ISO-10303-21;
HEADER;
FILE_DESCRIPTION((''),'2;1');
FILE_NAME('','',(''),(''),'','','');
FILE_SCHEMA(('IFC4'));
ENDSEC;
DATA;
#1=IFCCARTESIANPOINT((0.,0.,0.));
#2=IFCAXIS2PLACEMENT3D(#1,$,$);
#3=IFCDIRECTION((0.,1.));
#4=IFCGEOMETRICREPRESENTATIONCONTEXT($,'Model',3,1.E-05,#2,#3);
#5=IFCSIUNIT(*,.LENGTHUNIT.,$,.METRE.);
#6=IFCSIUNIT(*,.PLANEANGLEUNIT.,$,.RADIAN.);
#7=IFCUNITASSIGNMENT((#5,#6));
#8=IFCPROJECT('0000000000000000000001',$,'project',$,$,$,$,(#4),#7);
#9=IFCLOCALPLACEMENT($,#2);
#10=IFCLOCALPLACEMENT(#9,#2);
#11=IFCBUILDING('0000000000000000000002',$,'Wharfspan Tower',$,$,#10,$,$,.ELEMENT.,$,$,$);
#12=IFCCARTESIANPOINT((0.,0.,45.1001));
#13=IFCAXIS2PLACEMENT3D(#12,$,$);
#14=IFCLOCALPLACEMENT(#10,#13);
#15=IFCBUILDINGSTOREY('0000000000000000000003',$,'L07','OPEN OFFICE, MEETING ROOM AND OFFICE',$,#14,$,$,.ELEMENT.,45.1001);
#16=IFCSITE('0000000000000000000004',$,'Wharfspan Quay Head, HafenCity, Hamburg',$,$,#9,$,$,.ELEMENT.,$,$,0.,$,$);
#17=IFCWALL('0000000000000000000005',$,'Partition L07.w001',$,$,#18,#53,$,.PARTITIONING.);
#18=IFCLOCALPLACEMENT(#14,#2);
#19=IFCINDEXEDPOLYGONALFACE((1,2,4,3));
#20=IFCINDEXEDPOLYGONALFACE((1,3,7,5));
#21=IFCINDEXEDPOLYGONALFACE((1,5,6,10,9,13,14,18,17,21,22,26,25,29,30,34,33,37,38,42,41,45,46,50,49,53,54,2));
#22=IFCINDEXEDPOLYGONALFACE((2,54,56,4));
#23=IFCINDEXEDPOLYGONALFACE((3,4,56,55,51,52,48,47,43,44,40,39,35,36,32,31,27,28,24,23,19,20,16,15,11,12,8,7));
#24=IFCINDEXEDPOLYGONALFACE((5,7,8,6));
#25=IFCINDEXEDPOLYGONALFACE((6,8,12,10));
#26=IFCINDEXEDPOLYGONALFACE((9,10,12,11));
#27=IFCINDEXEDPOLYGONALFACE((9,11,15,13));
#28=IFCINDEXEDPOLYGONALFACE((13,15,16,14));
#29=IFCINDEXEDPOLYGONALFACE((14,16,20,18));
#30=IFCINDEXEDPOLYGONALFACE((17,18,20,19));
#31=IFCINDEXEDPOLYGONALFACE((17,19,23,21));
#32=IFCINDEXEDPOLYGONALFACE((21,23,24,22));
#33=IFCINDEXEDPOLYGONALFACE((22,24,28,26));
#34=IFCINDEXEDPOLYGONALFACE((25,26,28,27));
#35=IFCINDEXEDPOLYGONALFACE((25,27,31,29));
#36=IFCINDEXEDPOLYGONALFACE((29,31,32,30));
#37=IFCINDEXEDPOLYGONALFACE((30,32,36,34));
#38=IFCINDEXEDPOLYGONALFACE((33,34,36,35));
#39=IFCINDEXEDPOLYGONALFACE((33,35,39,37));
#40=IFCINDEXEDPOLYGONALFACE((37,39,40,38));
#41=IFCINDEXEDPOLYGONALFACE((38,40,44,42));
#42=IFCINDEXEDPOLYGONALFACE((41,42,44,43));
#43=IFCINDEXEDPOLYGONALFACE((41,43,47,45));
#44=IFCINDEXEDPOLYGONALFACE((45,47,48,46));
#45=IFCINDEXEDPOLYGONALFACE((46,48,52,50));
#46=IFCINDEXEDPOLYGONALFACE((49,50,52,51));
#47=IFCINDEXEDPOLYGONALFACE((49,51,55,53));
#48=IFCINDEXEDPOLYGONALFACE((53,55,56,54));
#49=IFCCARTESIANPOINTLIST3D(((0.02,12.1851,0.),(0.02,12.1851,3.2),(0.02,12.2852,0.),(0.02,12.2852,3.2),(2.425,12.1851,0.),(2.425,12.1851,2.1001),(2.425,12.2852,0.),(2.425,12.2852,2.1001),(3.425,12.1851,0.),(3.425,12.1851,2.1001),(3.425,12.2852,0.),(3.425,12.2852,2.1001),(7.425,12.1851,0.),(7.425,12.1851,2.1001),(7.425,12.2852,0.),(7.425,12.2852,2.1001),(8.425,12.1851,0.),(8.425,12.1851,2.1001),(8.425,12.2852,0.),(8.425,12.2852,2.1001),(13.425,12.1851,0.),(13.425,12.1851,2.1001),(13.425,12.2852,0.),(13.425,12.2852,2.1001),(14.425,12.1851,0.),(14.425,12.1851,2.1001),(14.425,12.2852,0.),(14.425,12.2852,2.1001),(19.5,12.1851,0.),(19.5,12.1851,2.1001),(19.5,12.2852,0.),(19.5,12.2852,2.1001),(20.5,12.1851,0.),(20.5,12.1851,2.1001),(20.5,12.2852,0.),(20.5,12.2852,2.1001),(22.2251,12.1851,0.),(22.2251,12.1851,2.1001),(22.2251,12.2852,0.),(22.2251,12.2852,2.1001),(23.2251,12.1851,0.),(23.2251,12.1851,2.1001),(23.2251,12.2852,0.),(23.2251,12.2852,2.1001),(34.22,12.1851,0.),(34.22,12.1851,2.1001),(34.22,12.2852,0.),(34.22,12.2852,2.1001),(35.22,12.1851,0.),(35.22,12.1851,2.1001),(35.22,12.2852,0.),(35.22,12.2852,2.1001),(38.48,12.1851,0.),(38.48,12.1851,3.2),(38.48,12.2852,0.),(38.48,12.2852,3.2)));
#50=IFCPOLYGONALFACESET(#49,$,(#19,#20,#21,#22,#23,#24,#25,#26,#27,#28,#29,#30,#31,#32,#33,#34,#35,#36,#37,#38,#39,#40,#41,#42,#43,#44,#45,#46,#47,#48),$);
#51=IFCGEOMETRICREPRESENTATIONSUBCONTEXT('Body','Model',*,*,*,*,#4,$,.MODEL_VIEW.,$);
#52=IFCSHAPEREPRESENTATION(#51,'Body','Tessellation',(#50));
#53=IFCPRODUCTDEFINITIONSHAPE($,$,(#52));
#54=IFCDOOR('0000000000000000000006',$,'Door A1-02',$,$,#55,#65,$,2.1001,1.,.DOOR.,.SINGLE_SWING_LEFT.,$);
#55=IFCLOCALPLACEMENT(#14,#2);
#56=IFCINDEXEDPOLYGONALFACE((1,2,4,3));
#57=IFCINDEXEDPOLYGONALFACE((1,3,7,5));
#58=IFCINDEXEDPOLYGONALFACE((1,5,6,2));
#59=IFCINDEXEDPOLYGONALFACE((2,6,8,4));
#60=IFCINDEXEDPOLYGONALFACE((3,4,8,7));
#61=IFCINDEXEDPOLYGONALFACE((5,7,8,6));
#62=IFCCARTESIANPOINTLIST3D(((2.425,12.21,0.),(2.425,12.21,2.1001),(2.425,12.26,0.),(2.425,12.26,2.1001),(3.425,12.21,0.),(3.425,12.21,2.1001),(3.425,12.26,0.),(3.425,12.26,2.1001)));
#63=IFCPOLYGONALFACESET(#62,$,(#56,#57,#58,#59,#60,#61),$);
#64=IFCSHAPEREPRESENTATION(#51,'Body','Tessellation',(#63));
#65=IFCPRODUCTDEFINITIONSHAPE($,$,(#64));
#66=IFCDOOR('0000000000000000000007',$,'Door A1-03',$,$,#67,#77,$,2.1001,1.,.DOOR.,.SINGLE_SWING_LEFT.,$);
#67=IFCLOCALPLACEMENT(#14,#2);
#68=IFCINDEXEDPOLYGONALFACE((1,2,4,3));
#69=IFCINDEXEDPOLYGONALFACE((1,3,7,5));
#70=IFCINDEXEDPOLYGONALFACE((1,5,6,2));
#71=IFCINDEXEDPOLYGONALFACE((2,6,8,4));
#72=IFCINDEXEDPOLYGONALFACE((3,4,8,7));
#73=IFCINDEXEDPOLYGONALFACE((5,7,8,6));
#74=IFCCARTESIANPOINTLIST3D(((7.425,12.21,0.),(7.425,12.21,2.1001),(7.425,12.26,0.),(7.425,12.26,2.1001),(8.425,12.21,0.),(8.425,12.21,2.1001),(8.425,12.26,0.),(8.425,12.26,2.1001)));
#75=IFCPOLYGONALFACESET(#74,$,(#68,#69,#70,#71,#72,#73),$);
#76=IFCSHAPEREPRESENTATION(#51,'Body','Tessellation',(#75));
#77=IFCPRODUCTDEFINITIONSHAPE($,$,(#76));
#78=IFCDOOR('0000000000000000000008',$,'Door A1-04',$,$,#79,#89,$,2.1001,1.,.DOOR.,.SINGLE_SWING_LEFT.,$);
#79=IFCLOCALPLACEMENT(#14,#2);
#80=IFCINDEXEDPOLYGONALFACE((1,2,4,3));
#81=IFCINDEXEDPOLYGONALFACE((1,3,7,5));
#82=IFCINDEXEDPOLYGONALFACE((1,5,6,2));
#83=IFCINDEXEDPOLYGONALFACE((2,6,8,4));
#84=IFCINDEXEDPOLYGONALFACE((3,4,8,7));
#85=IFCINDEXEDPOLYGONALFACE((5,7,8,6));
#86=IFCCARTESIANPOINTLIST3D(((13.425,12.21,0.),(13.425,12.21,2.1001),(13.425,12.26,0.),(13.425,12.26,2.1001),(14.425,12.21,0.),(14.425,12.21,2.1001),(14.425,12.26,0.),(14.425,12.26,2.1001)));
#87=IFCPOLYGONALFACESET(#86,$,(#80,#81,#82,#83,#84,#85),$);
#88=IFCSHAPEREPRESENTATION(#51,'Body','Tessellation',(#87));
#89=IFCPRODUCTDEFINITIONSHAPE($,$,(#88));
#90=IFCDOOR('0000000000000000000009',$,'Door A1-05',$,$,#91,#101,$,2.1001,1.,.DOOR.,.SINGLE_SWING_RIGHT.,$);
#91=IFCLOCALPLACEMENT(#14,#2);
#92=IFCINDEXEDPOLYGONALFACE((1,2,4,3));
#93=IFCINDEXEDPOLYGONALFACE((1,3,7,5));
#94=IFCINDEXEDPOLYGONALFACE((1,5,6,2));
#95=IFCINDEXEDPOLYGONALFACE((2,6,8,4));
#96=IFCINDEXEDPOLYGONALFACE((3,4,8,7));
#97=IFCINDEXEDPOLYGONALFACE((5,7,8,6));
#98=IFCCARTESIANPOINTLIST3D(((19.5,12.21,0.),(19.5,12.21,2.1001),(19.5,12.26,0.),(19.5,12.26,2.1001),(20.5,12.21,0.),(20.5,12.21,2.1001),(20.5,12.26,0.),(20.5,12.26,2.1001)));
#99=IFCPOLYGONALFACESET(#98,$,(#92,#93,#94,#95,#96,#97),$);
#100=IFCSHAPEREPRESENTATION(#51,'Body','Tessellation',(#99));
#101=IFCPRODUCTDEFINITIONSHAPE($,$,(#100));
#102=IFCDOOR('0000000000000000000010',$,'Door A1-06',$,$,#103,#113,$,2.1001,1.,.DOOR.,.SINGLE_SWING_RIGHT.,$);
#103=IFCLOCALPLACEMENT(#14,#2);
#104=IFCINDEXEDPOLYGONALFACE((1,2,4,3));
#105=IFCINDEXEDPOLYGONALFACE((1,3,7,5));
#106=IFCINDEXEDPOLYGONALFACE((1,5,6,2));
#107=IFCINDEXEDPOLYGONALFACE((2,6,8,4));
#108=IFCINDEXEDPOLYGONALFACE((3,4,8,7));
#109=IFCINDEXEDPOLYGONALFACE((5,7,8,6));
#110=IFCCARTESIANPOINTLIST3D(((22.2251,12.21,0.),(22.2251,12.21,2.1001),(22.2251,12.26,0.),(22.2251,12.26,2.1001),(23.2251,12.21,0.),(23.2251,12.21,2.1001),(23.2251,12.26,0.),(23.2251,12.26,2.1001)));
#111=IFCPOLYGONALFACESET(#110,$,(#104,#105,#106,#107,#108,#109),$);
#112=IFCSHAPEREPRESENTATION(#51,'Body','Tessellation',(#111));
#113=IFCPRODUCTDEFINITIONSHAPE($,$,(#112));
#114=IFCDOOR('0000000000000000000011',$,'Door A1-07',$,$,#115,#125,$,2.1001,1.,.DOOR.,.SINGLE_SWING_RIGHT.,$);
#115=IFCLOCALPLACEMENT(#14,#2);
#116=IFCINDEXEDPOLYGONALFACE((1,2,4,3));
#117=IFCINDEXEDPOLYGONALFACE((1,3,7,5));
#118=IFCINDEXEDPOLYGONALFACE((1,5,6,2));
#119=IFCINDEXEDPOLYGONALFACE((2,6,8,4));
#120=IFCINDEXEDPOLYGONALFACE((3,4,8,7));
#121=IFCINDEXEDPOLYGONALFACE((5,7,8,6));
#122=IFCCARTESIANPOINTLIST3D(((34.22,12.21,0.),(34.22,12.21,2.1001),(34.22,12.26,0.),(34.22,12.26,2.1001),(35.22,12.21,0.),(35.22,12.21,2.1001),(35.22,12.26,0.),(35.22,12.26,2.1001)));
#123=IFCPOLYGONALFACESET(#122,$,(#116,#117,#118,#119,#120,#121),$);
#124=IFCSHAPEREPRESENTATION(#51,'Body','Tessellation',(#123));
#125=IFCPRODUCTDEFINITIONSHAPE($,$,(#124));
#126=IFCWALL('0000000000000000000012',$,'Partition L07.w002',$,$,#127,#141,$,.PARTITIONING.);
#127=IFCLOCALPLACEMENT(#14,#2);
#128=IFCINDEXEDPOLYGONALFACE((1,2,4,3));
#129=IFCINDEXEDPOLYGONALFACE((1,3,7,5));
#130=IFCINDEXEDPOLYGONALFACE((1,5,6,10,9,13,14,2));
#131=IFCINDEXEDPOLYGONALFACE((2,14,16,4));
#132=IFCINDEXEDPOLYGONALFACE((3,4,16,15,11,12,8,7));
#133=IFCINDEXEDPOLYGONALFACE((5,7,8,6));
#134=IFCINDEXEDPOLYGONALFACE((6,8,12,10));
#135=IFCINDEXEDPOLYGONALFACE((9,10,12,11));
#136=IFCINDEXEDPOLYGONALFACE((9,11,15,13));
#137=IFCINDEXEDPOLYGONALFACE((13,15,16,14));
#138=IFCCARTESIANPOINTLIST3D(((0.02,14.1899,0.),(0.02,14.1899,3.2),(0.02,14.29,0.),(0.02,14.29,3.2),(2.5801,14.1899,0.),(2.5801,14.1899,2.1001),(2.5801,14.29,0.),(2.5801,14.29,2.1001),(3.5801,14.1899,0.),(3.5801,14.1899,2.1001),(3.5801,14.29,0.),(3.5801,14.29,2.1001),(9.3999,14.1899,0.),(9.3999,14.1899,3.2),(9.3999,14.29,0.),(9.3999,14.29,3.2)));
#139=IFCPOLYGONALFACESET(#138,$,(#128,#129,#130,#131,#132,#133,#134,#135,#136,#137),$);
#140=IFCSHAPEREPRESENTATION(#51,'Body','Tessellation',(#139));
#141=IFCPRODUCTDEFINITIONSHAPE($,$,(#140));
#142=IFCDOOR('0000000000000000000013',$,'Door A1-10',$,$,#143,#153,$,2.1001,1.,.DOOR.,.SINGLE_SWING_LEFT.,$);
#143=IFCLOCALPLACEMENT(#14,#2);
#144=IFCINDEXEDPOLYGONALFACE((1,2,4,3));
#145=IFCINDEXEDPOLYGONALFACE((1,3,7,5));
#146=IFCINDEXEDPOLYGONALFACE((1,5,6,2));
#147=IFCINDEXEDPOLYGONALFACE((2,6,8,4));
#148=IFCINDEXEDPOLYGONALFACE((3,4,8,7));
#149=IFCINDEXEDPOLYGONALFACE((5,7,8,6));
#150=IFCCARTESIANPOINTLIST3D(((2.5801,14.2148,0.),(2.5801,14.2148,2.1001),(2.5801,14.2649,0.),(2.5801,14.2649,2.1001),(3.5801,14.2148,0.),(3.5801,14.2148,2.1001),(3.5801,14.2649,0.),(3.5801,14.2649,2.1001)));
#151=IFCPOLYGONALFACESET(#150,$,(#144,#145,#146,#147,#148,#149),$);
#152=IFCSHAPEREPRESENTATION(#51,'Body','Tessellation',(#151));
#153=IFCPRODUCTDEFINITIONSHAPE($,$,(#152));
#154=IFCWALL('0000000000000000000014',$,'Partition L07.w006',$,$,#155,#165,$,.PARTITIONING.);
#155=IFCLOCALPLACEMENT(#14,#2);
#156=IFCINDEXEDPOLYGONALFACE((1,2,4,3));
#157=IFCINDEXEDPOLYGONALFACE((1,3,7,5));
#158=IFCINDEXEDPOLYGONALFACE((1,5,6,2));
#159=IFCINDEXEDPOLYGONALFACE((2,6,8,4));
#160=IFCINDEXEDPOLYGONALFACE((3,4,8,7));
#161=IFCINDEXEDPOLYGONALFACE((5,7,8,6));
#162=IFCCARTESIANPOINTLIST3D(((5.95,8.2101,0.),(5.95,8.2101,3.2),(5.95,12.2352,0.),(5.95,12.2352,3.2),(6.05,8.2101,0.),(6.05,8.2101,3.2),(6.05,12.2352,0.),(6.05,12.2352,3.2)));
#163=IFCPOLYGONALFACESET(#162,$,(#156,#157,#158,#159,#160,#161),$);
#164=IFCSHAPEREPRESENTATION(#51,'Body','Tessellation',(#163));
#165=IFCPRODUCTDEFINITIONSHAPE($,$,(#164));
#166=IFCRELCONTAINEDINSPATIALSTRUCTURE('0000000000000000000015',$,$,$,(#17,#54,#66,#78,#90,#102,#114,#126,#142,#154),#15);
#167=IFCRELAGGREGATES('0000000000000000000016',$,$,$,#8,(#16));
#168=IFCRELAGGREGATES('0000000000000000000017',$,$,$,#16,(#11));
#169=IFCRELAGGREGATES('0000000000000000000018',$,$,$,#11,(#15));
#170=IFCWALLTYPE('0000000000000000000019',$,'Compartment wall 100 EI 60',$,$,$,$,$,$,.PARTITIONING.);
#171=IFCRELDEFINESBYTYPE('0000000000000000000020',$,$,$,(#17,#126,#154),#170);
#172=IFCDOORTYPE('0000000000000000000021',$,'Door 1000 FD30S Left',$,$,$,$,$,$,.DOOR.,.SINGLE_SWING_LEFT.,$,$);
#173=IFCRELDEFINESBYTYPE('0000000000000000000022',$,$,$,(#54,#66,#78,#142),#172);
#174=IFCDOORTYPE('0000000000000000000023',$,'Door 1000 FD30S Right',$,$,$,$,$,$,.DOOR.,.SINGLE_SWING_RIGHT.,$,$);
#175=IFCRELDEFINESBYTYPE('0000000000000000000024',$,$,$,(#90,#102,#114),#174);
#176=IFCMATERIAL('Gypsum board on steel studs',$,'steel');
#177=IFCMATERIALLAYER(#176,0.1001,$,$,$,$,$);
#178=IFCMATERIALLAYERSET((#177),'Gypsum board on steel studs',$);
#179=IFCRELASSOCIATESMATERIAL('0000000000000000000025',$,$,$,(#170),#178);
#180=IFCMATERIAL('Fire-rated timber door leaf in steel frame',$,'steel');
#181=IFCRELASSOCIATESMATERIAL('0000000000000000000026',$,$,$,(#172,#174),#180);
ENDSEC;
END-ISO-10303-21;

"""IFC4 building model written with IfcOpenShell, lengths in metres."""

from ifc_helpers import new_model, si_unit, direction, frame, frame_2d, origin, place, context, subcontext, project, spatial, rectangle, extrude, material, layer, layer_set, type_object, element, fill, save


model = new_model("IFC4")

# Units and contexts
model_context = context("Model", 3, precision=1e-05, world=origin(), true_north=direction((0.0, 1.0)))
body_context = subcontext(model_context, "Body", "Model", "MODEL_VIEW")
ifc_project = project(units=[si_unit("LENGTHUNIT", "METRE"), si_unit("PLANEANGLEUNIT", "RADIAN")], contexts=[model_context])

# Site, building, storey
site_placement = place(None, origin())
site = spatial("IfcSite", under=ifc_project, at=site_placement, Name="Wharfspan Quay Head, HafenCity, Hamburg", CompositionType="ELEMENT", RefElevation=0.0)
building_placement = place(site_placement, origin())
building = spatial("IfcBuilding", under=site, at=building_placement, Name="Wharfspan Tower", CompositionType="ELEMENT")
storey_placement = place(building_placement, frame((0.0, 0.0, 45.1001)))
storey = spatial("IfcBuildingStorey", under=building, at=storey_placement, Name="L07", Description="OPEN OFFICE, MEETING ROOM AND OFFICE", CompositionType="ELEMENT", Elevation=45.1001)

# Wall, openings, doors
ifc_material_1 = material(Name="Gypsum board on steel studs", Category="steel")
ifc_layer_1 = layer(ifc_material_1, 0.1001)
ifc_layer_set_1 = layer_set([ifc_layer_1], Name="Gypsum board on steel studs")
wall_type_1 = type_object("IfcWallType", Name="Compartment wall 100 EI 60", PredefinedType="PARTITIONING", material=ifc_layer_set_1)
wall_1_placement = place(storey_placement, frame((0.02, 12.2351, 0.0), z_axis=(0.0, 0.0, 1.0), x_axis=(1.0, 0.0, 0.0)))
wall_1 = element("IfcWall", 1, at=wall_1_placement, inside=storey, type_object=wall_type_1, Name="Partition L07.w001", PredefinedType="PARTITIONING", context=body_context, shape_type="SweptSolid", body=[
    extrude(rectangle(XDim=38.46, YDim=0.1001, at=frame_2d((19.23, 0.0))), origin(), (0.0, 0.0, 1.0), 3.2),
])
opening_1_placement = place(wall_1_placement, frame((2.405, 0.0, 0.0)))
opening_1 = element("IfcOpeningElement", 2, at=opening_1_placement, cuts=wall_1, PredefinedType="OPENING", context=body_context, shape_type="SweptSolid", body=[
    extrude(rectangle(XDim=1.0, YDim=2.1001, at=frame_2d((0.5, 1.05))), frame((0.0, 0.0601, 0.0), z_axis=(0.0, -1.0, 0.0), x_axis=(1.0, 0.0, 0.0)), (0.0, 0.0, 1.0), 0.1201),
])
opening_2_placement = place(wall_1_placement, frame((7.405, 0.0, 0.0)))
opening_2 = element("IfcOpeningElement", 3, at=opening_2_placement, cuts=wall_1, PredefinedType="OPENING", context=body_context, shape_type="SweptSolid", body=[
    extrude(rectangle(XDim=1.0, YDim=2.1001, at=frame_2d((0.5, 1.05))), frame((0.0, 0.0601, 0.0), z_axis=(0.0, -1.0, 0.0), x_axis=(1.0, 0.0, 0.0)), (0.0, 0.0, 1.0), 0.1201),
])
opening_3_placement = place(wall_1_placement, frame((13.405, 0.0, 0.0)))
opening_3 = element("IfcOpeningElement", 4, at=opening_3_placement, cuts=wall_1, PredefinedType="OPENING", context=body_context, shape_type="SweptSolid", body=[
    extrude(rectangle(XDim=1.0, YDim=2.1001, at=frame_2d((0.5, 1.05))), frame((0.0, 0.0601, 0.0), z_axis=(0.0, -1.0, 0.0), x_axis=(1.0, 0.0, 0.0)), (0.0, 0.0, 1.0), 0.1201),
])
opening_4_placement = place(wall_1_placement, frame((19.48, 0.0, 0.0)))
opening_4 = element("IfcOpeningElement", 5, at=opening_4_placement, cuts=wall_1, PredefinedType="OPENING", context=body_context, shape_type="SweptSolid", body=[
    extrude(rectangle(XDim=1.0, YDim=2.1001, at=frame_2d((0.5, 1.05))), frame((0.0, 0.0601, 0.0), z_axis=(0.0, -1.0, 0.0), x_axis=(1.0, 0.0, 0.0)), (0.0, 0.0, 1.0), 0.1201),
])
opening_5_placement = place(wall_1_placement, frame((22.2051, 0.0, 0.0)))
opening_5 = element("IfcOpeningElement", 6, at=opening_5_placement, cuts=wall_1, PredefinedType="OPENING", context=body_context, shape_type="SweptSolid", body=[
    extrude(rectangle(XDim=1.0, YDim=2.1001, at=frame_2d((0.5, 1.05))), frame((0.0, 0.0601, 0.0), z_axis=(0.0, -1.0, 0.0), x_axis=(1.0, 0.0, 0.0)), (0.0, 0.0, 1.0), 0.1201),
])
opening_6_placement = place(wall_1_placement, frame((34.2, 0.0, 0.0)))
opening_6 = element("IfcOpeningElement", 7, at=opening_6_placement, cuts=wall_1, PredefinedType="OPENING", context=body_context, shape_type="SweptSolid", body=[
    extrude(rectangle(XDim=1.0, YDim=2.1001, at=frame_2d((0.5, 1.05))), frame((0.0, 0.0601, 0.0), z_axis=(0.0, -1.0, 0.0), x_axis=(1.0, 0.0, 0.0)), (0.0, 0.0, 1.0), 0.1201),
])
ifc_material_2 = material(Name="Fire-rated timber door leaf in steel frame", Category="steel")
door_type_1 = type_object("IfcDoorType", Name="Door 1000 FD30S Left", OperationType="SINGLE_SWING_LEFT", PredefinedType="DOOR", material=ifc_material_2)
door_1_placement = place(opening_1_placement, origin())
door_1 = element("IfcDoor", 8, at=door_1_placement, inside=storey, type_object=door_type_1, Name="Door A1-02", OperationType="SINGLE_SWING_LEFT", OverallHeight=2.1001, OverallWidth=1.0, PredefinedType="DOOR", context=body_context, shape_type="SweptSolid", body=[
    extrude(rectangle(XDim=1.0, YDim=2.1001, at=frame_2d((0.5, 1.05))), frame((0.0, 0.0249, 0.0), z_axis=(0.0, -1.0, 0.0), x_axis=(1.0, 0.0, 0.0)), (0.0, 0.0, 1.0), 0.05),
])
fill(opening_1, door_1)
door_2_placement = place(opening_2_placement, origin())
door_2 = element("IfcDoor", 9, at=door_2_placement, inside=storey, type_object=door_type_1, Name="Door A1-03", OperationType="SINGLE_SWING_LEFT", OverallHeight=2.1001, OverallWidth=1.0, PredefinedType="DOOR", context=body_context, shape_type="SweptSolid", body=[
    extrude(rectangle(XDim=1.0, YDim=2.1001, at=frame_2d((0.5, 1.05))), frame((0.0, 0.0249, 0.0), z_axis=(0.0, -1.0, 0.0), x_axis=(1.0, 0.0, 0.0)), (0.0, 0.0, 1.0), 0.05),
])
fill(opening_2, door_2)
door_3_placement = place(opening_3_placement, origin())
door_3 = element("IfcDoor", 10, at=door_3_placement, inside=storey, type_object=door_type_1, Name="Door A1-04", OperationType="SINGLE_SWING_LEFT", OverallHeight=2.1001, OverallWidth=1.0, PredefinedType="DOOR", context=body_context, shape_type="SweptSolid", body=[
    extrude(rectangle(XDim=1.0, YDim=2.1001, at=frame_2d((0.5, 1.05))), frame((0.0, 0.0249, 0.0), z_axis=(0.0, -1.0, 0.0), x_axis=(1.0, 0.0, 0.0)), (0.0, 0.0, 1.0), 0.05),
])
fill(opening_3, door_3)
door_type_2 = type_object("IfcDoorType", Name="Door 1000 FD30S Right", OperationType="SINGLE_SWING_RIGHT", PredefinedType="DOOR", material=ifc_material_2)
door_4_placement = place(opening_4_placement, origin())
door_4 = element("IfcDoor", 11, at=door_4_placement, inside=storey, type_object=door_type_2, Name="Door A1-05", OperationType="SINGLE_SWING_RIGHT", OverallHeight=2.1001, OverallWidth=1.0, PredefinedType="DOOR", context=body_context, shape_type="SweptSolid", body=[
    extrude(rectangle(XDim=1.0, YDim=2.1001, at=frame_2d((0.5, 1.05))), frame((0.0, 0.0249, 0.0), z_axis=(0.0, -1.0, 0.0), x_axis=(1.0, 0.0, 0.0)), (0.0, 0.0, 1.0), 0.05),
])
fill(opening_4, door_4)
door_5_placement = place(opening_5_placement, origin())
door_5 = element("IfcDoor", 12, at=door_5_placement, inside=storey, type_object=door_type_2, Name="Door A1-06", OperationType="SINGLE_SWING_RIGHT", OverallHeight=2.1001, OverallWidth=1.0, PredefinedType="DOOR", context=body_context, shape_type="SweptSolid", body=[
    extrude(rectangle(XDim=1.0, YDim=2.1001, at=frame_2d((0.5, 1.05))), frame((0.0, 0.0249, 0.0), z_axis=(0.0, -1.0, 0.0), x_axis=(1.0, 0.0, 0.0)), (0.0, 0.0, 1.0), 0.05),
])
fill(opening_5, door_5)
door_6_placement = place(opening_6_placement, origin())
door_6 = element("IfcDoor", 13, at=door_6_placement, inside=storey, type_object=door_type_2, Name="Door A1-07", OperationType="SINGLE_SWING_RIGHT", OverallHeight=2.1001, OverallWidth=1.0, PredefinedType="DOOR", context=body_context, shape_type="SweptSolid", body=[
    extrude(rectangle(XDim=1.0, YDim=2.1001, at=frame_2d((0.5, 1.05))), frame((0.0, 0.0249, 0.0), z_axis=(0.0, -1.0, 0.0), x_axis=(1.0, 0.0, 0.0)), (0.0, 0.0, 1.0), 0.05),
])
fill(opening_6, door_6)

# Wall, opening, door
wall_2_placement = place(storey_placement, frame((0.02, 14.24, 0.0), z_axis=(0.0, 0.0, 1.0), x_axis=(1.0, 0.0, 0.0)))
wall_2 = element("IfcWall", 14, at=wall_2_placement, inside=storey, type_object=wall_type_1, Name="Partition L07.w002", PredefinedType="PARTITIONING", context=body_context, shape_type="SweptSolid", body=[
    extrude(rectangle(XDim=9.3799, YDim=0.1001, at=frame_2d((4.6899, 0.0))), origin(), (0.0, 0.0, 1.0), 3.2),
])
opening_7_placement = place(wall_2_placement, frame((2.5601, 0.0, 0.0)))
opening_7 = element("IfcOpeningElement", 15, at=opening_7_placement, cuts=wall_2, PredefinedType="OPENING", context=body_context, shape_type="SweptSolid", body=[
    extrude(rectangle(XDim=1.0, YDim=2.1001, at=frame_2d((0.5, 1.05))), frame((0.0, 0.0601, 0.0), z_axis=(0.0, -1.0, 0.0), x_axis=(1.0, 0.0, 0.0)), (0.0, 0.0, 1.0), 0.1201),
])
door_7_placement = place(opening_7_placement, origin())
door_7 = element("IfcDoor", 16, at=door_7_placement, inside=storey, type_object=door_type_1, Name="Door A1-10", OperationType="SINGLE_SWING_LEFT", OverallHeight=2.1001, OverallWidth=1.0, PredefinedType="DOOR", context=body_context, shape_type="SweptSolid", body=[
    extrude(rectangle(XDim=1.0, YDim=2.1001, at=frame_2d((0.5, 1.05))), frame((0.0, 0.0249, 0.0), z_axis=(0.0, -1.0, 0.0), x_axis=(1.0, 0.0, 0.0)), (0.0, 0.0, 1.0), 0.05),
])
fill(opening_7, door_7)

# Wall
wall_3_placement = place(storey_placement, frame((6.0, 8.21, 0.0), z_axis=(0.0, 0.0, 1.0), x_axis=(0.0, 1.0, 0.0)))
element("IfcWall", 17, at=wall_3_placement, inside=storey, type_object=wall_type_1, Name="Partition L07.w006", PredefinedType="PARTITIONING", context=body_context, shape_type="SweptSolid", body=[
    extrude(rectangle(XDim=4.0251, YDim=0.1001, at=frame_2d((2.0127, 0.0))), origin(), (0.0, 0.0, 1.0), 3.2),
])

save(model, "model.ifc")
